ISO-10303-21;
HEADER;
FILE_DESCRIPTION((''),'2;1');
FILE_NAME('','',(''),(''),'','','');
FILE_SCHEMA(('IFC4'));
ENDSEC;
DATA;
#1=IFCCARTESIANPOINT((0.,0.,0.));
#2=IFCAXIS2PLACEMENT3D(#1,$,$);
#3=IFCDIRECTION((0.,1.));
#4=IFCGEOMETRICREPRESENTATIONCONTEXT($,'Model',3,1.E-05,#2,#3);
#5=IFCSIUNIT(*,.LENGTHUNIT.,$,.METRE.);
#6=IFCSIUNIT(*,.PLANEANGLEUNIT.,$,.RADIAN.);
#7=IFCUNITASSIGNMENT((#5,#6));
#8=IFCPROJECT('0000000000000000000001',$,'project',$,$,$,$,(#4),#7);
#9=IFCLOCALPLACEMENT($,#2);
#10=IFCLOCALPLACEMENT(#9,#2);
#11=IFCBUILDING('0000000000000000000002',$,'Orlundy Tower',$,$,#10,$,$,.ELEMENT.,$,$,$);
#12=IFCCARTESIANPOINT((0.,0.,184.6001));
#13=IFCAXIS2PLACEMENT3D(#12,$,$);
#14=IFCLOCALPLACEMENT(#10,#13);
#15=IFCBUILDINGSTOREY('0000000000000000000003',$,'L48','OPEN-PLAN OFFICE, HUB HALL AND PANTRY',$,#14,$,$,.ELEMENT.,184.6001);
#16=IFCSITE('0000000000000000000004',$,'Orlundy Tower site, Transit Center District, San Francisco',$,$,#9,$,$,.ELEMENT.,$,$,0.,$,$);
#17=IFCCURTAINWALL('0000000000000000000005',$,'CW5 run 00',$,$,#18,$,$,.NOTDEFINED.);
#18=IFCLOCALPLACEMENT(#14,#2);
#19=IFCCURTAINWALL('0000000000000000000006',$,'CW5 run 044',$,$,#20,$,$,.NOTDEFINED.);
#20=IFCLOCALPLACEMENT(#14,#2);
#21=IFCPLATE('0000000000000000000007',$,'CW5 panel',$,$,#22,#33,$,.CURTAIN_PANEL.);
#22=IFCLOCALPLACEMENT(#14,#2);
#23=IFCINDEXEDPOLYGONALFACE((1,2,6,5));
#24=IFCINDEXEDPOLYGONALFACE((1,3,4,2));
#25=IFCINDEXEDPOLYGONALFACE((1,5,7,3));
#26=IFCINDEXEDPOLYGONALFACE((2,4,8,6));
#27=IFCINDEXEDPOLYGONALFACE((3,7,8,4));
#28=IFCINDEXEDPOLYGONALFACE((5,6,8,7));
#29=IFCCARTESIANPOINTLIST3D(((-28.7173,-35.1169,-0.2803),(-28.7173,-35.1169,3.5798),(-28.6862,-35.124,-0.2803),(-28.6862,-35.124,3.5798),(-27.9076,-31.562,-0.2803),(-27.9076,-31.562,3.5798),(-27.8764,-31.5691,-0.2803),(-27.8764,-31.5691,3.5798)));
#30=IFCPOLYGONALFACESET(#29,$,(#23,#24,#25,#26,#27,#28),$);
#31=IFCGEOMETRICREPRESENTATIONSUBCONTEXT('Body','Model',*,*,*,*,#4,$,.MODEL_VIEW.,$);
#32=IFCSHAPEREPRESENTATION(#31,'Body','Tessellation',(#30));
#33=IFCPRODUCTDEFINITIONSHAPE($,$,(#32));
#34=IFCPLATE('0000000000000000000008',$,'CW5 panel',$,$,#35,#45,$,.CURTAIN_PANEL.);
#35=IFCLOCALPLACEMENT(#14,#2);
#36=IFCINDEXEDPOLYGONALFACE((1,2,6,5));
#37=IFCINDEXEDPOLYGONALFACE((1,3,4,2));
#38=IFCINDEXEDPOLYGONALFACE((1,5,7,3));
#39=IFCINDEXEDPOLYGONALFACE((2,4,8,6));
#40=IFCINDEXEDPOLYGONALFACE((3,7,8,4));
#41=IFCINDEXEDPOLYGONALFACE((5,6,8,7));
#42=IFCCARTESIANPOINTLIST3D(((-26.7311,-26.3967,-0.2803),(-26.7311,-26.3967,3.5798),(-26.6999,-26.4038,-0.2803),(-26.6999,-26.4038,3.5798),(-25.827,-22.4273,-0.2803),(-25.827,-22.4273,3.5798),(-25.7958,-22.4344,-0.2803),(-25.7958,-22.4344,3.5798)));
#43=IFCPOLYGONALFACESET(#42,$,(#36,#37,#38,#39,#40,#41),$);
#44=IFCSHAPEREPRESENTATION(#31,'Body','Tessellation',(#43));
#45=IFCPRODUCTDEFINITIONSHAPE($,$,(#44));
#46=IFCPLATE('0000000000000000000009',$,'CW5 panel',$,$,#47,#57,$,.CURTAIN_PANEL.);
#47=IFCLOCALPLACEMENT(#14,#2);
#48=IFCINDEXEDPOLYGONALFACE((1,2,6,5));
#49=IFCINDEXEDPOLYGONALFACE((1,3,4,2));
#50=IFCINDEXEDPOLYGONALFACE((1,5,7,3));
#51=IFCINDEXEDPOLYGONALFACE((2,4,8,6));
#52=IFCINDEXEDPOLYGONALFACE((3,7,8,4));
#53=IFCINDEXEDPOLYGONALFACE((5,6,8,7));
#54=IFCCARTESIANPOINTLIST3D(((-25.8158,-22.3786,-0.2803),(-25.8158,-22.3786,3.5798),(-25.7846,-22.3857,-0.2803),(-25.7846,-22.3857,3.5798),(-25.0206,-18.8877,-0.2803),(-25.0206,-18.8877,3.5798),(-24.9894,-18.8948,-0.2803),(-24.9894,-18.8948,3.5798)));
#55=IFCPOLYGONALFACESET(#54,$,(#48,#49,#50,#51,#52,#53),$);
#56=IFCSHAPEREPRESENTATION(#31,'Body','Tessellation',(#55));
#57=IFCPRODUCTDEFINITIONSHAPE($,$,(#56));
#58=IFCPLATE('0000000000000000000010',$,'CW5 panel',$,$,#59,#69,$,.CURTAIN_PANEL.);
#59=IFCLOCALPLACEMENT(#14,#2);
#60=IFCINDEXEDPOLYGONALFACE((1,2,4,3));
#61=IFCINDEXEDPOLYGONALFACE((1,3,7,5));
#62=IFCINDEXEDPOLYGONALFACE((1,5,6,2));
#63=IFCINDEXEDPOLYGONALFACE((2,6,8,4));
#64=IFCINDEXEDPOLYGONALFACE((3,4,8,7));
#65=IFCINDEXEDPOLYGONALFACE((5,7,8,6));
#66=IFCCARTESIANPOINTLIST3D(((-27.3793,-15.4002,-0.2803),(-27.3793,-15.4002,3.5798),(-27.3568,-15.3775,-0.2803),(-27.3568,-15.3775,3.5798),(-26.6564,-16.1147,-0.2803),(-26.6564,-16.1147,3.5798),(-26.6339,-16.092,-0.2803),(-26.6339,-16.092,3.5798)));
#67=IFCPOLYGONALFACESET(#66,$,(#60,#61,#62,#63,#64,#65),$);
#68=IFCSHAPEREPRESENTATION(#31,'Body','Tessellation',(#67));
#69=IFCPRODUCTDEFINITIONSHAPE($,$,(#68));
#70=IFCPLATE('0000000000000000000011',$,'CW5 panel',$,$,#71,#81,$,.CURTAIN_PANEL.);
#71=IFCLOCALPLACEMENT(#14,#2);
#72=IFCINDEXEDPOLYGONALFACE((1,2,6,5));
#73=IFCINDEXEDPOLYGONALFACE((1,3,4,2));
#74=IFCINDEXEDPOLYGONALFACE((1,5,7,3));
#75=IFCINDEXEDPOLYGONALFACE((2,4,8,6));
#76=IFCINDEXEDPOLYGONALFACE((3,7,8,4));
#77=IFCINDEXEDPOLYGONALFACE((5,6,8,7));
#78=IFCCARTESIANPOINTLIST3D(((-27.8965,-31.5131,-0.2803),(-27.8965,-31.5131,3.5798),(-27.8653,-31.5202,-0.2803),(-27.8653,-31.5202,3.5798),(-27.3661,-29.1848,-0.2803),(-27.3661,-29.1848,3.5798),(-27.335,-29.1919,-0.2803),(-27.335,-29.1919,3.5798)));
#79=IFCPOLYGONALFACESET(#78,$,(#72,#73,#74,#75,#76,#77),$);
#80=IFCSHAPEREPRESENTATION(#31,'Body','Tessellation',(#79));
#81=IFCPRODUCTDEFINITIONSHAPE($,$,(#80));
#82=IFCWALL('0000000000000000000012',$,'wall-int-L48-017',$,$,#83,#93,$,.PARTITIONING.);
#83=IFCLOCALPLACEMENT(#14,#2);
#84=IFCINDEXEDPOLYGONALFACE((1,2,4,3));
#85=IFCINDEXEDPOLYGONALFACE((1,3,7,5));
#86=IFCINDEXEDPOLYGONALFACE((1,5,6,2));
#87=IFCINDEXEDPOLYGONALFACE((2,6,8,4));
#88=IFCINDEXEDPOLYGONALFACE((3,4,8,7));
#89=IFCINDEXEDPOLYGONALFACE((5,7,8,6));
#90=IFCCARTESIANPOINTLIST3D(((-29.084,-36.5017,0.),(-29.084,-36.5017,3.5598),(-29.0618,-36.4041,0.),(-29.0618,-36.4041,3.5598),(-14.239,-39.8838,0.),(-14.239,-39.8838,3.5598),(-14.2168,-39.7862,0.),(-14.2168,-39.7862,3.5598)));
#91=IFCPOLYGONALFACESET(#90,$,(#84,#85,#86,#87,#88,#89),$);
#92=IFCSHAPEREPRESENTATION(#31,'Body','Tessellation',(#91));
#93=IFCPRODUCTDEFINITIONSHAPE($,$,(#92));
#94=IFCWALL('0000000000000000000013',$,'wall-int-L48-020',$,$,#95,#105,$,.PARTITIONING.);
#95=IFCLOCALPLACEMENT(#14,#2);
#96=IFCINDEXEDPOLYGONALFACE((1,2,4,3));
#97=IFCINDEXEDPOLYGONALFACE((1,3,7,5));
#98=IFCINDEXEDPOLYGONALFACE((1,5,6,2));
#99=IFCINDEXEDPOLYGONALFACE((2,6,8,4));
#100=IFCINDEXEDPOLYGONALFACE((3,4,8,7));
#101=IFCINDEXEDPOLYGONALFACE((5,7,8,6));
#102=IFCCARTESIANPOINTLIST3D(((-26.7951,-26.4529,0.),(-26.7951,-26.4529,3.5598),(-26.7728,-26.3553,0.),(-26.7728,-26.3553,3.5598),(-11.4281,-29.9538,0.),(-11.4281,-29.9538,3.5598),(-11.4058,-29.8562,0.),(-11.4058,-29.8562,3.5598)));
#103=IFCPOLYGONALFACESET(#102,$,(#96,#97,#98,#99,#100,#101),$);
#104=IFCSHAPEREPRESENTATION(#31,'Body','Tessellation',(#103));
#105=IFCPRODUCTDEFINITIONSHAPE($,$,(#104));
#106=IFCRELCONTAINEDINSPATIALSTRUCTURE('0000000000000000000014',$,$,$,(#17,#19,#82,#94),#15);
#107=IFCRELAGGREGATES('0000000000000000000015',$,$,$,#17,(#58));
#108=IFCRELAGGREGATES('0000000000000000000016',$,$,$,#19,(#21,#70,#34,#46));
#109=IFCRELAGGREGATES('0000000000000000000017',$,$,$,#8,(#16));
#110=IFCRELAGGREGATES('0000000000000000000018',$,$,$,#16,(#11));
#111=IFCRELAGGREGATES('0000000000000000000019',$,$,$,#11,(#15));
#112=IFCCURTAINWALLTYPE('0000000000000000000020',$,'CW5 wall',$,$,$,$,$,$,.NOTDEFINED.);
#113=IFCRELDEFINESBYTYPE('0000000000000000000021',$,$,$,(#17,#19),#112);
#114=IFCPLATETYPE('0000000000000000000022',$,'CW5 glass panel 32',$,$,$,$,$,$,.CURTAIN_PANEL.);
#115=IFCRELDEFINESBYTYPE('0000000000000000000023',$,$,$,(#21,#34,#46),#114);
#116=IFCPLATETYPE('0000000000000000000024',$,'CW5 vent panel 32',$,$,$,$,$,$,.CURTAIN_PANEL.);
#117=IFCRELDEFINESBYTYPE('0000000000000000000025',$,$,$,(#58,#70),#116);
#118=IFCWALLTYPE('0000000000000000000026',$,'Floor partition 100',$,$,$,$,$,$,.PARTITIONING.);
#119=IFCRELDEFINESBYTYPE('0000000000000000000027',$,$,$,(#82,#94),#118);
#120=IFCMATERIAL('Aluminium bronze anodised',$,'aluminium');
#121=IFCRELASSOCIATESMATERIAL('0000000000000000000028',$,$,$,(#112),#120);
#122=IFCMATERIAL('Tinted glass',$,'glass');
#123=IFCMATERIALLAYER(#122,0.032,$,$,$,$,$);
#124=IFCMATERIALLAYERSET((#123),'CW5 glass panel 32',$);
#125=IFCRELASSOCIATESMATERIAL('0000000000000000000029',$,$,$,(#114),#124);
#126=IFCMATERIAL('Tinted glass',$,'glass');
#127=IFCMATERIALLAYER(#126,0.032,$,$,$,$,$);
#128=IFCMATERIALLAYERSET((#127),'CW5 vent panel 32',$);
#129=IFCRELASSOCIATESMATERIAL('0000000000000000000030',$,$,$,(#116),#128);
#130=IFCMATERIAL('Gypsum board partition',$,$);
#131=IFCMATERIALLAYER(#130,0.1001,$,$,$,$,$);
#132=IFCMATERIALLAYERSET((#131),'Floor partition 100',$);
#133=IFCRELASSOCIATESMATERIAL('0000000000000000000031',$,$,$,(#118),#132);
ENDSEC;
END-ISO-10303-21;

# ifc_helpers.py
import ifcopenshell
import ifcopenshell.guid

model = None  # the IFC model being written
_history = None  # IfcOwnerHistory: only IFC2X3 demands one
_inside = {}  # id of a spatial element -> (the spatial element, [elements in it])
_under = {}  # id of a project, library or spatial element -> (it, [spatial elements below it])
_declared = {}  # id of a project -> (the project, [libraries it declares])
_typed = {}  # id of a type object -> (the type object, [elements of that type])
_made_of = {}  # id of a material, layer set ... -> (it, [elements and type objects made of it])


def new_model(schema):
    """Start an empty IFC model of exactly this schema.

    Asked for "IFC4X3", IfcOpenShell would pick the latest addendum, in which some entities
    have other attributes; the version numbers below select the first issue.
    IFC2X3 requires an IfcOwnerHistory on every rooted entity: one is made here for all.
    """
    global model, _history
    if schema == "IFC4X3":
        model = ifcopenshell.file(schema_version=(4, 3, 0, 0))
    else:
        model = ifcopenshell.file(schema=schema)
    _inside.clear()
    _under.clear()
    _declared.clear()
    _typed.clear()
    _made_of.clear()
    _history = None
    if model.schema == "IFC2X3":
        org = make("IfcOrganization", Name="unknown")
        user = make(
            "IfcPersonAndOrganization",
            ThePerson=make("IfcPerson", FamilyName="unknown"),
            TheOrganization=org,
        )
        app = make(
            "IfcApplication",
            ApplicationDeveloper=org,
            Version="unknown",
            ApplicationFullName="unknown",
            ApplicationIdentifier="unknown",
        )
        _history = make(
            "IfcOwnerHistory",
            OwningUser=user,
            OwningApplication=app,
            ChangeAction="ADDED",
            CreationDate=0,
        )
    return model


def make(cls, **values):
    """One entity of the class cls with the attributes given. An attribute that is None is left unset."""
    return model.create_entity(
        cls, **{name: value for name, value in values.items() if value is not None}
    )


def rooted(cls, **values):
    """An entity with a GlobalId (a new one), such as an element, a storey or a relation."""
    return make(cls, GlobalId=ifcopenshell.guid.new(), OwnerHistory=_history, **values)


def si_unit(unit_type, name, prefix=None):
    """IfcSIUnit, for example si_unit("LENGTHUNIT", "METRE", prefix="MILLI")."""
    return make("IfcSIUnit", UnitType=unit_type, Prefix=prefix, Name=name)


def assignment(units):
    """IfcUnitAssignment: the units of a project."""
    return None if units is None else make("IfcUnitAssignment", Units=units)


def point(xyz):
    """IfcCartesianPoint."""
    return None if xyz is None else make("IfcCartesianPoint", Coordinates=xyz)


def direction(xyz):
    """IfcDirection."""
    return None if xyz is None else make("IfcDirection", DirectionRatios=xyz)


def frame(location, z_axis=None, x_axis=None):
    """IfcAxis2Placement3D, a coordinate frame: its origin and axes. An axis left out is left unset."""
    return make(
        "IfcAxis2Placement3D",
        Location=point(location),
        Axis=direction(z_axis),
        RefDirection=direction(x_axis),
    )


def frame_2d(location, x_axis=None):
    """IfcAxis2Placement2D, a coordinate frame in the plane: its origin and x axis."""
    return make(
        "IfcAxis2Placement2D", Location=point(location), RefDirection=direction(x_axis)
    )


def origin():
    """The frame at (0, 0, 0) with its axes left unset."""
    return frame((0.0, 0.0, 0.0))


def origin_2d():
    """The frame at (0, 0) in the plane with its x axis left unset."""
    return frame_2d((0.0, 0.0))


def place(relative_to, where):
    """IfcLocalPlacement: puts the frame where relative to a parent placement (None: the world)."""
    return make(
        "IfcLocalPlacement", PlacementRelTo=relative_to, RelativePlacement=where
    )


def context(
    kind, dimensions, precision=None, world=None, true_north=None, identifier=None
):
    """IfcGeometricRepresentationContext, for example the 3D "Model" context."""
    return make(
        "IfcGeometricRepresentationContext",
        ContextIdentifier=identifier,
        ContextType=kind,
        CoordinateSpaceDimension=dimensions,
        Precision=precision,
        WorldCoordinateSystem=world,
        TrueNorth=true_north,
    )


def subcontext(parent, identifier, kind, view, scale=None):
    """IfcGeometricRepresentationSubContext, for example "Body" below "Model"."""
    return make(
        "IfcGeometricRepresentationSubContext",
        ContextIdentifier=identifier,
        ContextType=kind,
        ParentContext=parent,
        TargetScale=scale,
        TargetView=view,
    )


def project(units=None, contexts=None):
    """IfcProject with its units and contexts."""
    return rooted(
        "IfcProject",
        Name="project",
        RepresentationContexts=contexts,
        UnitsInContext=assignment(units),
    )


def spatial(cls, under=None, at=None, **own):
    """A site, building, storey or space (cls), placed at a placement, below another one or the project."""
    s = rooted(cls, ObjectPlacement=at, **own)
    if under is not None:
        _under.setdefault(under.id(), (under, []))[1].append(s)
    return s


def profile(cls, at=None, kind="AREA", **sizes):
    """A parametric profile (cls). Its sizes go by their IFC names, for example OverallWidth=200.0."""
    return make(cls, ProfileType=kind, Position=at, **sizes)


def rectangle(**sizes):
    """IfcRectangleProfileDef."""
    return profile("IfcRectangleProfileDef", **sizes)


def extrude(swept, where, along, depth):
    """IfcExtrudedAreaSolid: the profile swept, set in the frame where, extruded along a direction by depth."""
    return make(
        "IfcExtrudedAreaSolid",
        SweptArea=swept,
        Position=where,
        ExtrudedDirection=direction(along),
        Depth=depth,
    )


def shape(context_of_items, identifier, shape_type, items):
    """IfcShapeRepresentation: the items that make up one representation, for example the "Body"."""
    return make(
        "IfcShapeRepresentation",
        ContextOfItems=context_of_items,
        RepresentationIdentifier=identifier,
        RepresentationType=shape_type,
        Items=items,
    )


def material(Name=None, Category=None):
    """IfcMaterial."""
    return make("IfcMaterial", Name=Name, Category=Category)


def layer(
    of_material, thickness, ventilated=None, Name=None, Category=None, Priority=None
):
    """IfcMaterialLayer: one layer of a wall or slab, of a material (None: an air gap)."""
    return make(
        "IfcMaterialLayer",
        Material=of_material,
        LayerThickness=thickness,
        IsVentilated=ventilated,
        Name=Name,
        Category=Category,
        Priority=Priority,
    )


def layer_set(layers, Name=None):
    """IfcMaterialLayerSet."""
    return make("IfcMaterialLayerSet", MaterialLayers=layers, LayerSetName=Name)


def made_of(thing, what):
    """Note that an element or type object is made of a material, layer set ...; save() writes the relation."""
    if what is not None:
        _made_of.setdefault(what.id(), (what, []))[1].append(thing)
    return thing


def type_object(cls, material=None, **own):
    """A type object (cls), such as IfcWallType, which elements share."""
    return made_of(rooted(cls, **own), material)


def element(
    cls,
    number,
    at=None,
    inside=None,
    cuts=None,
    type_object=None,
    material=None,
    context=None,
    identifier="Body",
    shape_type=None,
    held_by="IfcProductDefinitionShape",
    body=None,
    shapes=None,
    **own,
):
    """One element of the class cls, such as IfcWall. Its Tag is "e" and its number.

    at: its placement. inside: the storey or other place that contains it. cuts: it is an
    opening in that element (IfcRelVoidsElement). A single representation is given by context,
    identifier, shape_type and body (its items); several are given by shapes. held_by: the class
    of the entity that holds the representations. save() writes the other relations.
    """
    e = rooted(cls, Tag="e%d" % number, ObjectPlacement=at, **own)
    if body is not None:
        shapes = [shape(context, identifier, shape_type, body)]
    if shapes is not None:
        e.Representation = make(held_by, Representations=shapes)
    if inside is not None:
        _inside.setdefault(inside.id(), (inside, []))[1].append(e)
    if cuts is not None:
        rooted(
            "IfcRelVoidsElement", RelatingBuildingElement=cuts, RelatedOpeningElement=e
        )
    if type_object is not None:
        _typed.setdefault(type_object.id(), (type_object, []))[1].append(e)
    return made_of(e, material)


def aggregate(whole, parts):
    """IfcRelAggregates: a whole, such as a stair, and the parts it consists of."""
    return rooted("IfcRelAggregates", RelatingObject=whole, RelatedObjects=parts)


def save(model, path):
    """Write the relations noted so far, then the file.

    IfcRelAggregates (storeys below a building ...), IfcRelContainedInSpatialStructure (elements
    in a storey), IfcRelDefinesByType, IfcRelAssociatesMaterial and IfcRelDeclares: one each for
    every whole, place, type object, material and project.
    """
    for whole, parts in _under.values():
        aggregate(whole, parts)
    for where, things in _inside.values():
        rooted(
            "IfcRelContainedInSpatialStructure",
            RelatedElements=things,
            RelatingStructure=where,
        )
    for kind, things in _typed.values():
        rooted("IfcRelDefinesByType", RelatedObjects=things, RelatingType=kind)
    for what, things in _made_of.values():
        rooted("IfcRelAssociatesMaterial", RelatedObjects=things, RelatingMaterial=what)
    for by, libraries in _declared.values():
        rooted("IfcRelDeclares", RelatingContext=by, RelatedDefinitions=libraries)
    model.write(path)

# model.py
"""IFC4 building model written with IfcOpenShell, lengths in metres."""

from ifc_helpers import new_model, si_unit, direction, frame, frame_2d, origin, origin_2d, place, context, subcontext, project, spatial, rectangle, extrude, material, layer, layer_set, type_object, element, aggregate, save


model = new_model("IFC4")

# Units and contexts
model_context = context("Model", 3, precision=1e-05, world=origin(), true_north=direction((0.0, 1.0)))
body_context = subcontext(model_context, "Body", "Model", "MODEL_VIEW")
ifc_project = project(units=[si_unit("LENGTHUNIT", "METRE"), si_unit("PLANEANGLEUNIT", "RADIAN")], contexts=[model_context])

# Site, building, storey
site_placement = place(None, origin())
site = spatial("IfcSite", under=ifc_project, at=site_placement, Name="Orlundy Tower site, Transit Center District, San Francisco", CompositionType="ELEMENT", RefElevation=0.0)
building_placement = place(site_placement, origin())
building = spatial("IfcBuilding", under=site, at=building_placement, Name="Orlundy Tower", CompositionType="ELEMENT")
storey_placement = place(building_placement, frame((0.0, 0.0, 184.6001)))
storey = spatial("IfcBuildingStorey", under=building, at=storey_placement, Name="L48", Description="OPEN-PLAN OFFICE, HUB HALL AND PANTRY", CompositionType="ELEMENT", Elevation=184.6001)

# Curtain wall
ifc_material_1 = material(Name="Aluminium bronze anodised", Category="aluminium")
curtain_wall_type = type_object("IfcCurtainWallType", Name="CW5 wall", PredefinedType="NOTDEFINED", material=ifc_material_1)
curtain_wall_1_placement = place(storey_placement, origin())
curtain_wall_1 = element("IfcCurtainWall", 1, at=curtain_wall_1_placement, inside=storey, type_object=curtain_wall_type, Name="CW5 run 00", PredefinedType="NOTDEFINED")

# Curtain wall
curtain_wall_2_placement = place(storey_placement, origin())
curtain_wall_2 = element("IfcCurtainWall", 2, at=curtain_wall_2_placement, inside=storey, type_object=curtain_wall_type, Name="CW5 run 044", PredefinedType="NOTDEFINED")

# Plates
ifc_material_2 = material(Name="Tinted glass", Category="glass")
ifc_layer_1 = layer(ifc_material_2, 0.032)
ifc_layer_set_1 = layer_set([ifc_layer_1], Name="CW5 glass panel 32")
plate_type_1 = type_object("IfcPlateType", Name="CW5 glass panel 32", PredefinedType="CURTAIN_PANEL", material=ifc_layer_set_1)
plate_1_placement = place(storey_placement, frame((-28.2969, -33.343, -0.2803), z_axis=(0.0, 0.0, 1.0), x_axis=(0.222089, 0.975026, 0.0)))
plate_1 = element("IfcPlate", 3, at=plate_1_placement, type_object=plate_type_1, Name="CW5 panel", PredefinedType="CURTAIN_PANEL", context=body_context, shape_type="SweptSolid", body=[
    extrude(rectangle(XDim=3.646, YDim=0.032, at=origin_2d()), origin(), (0.0, 0.0, 1.0), 3.8601),
])
plate_2_placement = place(storey_placement, frame((-26.2634, -24.4155, -0.2803), z_axis=(0.0, 0.0, 1.0), x_axis=(0.222089, 0.975026, 0.0)))
plate_2 = element("IfcPlate", 4, at=plate_2_placement, type_object=plate_type_1, Name="CW5 panel", PredefinedType="CURTAIN_PANEL", context=body_context, shape_type="SweptSolid", body=[
    extrude(rectangle(XDim=4.071, YDim=0.032, at=origin_2d()), origin(), (0.0, 0.0, 1.0), 3.8601),
])
plate_3_placement = place(storey_placement, frame((-25.4026, -20.6367, -0.2803), z_axis=(0.0, 0.0, 1.0), x_axis=(0.222089, 0.975026, 0.0)))
plate_3 = element("IfcPlate", 5, at=plate_3_placement, type_object=plate_type_1, Name="CW5 panel", PredefinedType="CURTAIN_PANEL", context=body_context, shape_type="SweptSolid", body=[
    extrude(rectangle(XDim=3.5803, YDim=0.032, at=origin_2d()), origin(), (0.0, 0.0, 1.0), 3.8601),
])
ifc_material_3 = material(Name="Tinted glass", Category="glass")
ifc_layer_2 = layer(ifc_material_3, 0.032)
ifc_layer_set_2 = layer_set([ifc_layer_2], Name="CW5 vent panel 32")
plate_type_2 = type_object("IfcPlateType", Name="CW5 vent panel 32", PredefinedType="CURTAIN_PANEL", material=ifc_layer_set_2)
plate_4_placement = place(storey_placement, frame((-27.0066, -15.7461, -0.2803), z_axis=(0.0, 0.0, 1.0), x_axis=(-0.711223, 0.702967, 0.0)))
plate_4 = element("IfcPlate", 6, at=plate_4_placement, type_object=plate_type_2, Name="CW5 panel", PredefinedType="CURTAIN_PANEL", context=body_context, shape_type="SweptSolid", body=[
    extrude(rectangle(XDim=1.0164, YDim=0.032, at=origin_2d()), origin(), (0.0, 0.0, 1.0), 3.8601),
])
aggregate(curtain_wall_1, [plate_4])
plate_5_placement = place(storey_placement, frame((-27.6157, -30.3525, -0.2803), z_axis=(0.0, 0.0, 1.0), x_axis=(0.222089, 0.975026, 0.0)))
plate_5 = element("IfcPlate", 7, at=plate_5_placement, type_object=plate_type_2, Name="CW5 panel", PredefinedType="CURTAIN_PANEL", context=body_context, shape_type="SweptSolid", body=[
    extrude(rectangle(XDim=2.3879, YDim=0.032, at=origin_2d()), origin(), (0.0, 0.0, 1.0), 3.8601),
])
aggregate(curtain_wall_2, [plate_1, plate_5, plate_2, plate_3])

# Walls
ifc_material_4 = material(Name="Gypsum board partition")
ifc_layer_3 = layer(ifc_material_4, 0.1001)
ifc_layer_set_3 = layer_set([ifc_layer_3], Name="Floor partition 100")
wall_type = type_object("IfcWallType", Name="Floor partition 100", PredefinedType="PARTITIONING", material=ifc_layer_set_3)
wall_1_placement = place(storey_placement, frame((-29.073, -36.4529, 0.0), z_axis=(0.0, 0.0, 1.0), x_axis=(0.975016, -0.222135, 0.0)))
element("IfcWall", 8, at=wall_1_placement, inside=storey, type_object=wall_type, Name="wall-int-L48-017", PredefinedType="PARTITIONING", context=body_context, shape_type="SweptSolid", body=[
    extrude(rectangle(XDim=15.2253, YDim=0.1001, at=frame_2d((7.6128, 0.0))), origin(), (0.0, 0.0, 1.0), 3.5598),
])
wall_2_placement = place(storey_placement, frame((-26.7839, -26.4041, 0.0), z_axis=(0.0, 0.0, 1.0), x_axis=(0.975016, -0.222133, 0.0)))
element("IfcWall", 9, at=wall_2_placement, inside=storey, type_object=wall_type, Name="wall-int-L48-020", PredefinedType="PARTITIONING", context=body_context, shape_type="SweptSolid", body=[
    extrude(rectangle(XDim=15.7607, YDim=0.1001, at=frame_2d((7.8804, 0.0))), origin(), (0.0, 0.0, 1.0), 3.5598),
])

save(model, "model.ifc")
